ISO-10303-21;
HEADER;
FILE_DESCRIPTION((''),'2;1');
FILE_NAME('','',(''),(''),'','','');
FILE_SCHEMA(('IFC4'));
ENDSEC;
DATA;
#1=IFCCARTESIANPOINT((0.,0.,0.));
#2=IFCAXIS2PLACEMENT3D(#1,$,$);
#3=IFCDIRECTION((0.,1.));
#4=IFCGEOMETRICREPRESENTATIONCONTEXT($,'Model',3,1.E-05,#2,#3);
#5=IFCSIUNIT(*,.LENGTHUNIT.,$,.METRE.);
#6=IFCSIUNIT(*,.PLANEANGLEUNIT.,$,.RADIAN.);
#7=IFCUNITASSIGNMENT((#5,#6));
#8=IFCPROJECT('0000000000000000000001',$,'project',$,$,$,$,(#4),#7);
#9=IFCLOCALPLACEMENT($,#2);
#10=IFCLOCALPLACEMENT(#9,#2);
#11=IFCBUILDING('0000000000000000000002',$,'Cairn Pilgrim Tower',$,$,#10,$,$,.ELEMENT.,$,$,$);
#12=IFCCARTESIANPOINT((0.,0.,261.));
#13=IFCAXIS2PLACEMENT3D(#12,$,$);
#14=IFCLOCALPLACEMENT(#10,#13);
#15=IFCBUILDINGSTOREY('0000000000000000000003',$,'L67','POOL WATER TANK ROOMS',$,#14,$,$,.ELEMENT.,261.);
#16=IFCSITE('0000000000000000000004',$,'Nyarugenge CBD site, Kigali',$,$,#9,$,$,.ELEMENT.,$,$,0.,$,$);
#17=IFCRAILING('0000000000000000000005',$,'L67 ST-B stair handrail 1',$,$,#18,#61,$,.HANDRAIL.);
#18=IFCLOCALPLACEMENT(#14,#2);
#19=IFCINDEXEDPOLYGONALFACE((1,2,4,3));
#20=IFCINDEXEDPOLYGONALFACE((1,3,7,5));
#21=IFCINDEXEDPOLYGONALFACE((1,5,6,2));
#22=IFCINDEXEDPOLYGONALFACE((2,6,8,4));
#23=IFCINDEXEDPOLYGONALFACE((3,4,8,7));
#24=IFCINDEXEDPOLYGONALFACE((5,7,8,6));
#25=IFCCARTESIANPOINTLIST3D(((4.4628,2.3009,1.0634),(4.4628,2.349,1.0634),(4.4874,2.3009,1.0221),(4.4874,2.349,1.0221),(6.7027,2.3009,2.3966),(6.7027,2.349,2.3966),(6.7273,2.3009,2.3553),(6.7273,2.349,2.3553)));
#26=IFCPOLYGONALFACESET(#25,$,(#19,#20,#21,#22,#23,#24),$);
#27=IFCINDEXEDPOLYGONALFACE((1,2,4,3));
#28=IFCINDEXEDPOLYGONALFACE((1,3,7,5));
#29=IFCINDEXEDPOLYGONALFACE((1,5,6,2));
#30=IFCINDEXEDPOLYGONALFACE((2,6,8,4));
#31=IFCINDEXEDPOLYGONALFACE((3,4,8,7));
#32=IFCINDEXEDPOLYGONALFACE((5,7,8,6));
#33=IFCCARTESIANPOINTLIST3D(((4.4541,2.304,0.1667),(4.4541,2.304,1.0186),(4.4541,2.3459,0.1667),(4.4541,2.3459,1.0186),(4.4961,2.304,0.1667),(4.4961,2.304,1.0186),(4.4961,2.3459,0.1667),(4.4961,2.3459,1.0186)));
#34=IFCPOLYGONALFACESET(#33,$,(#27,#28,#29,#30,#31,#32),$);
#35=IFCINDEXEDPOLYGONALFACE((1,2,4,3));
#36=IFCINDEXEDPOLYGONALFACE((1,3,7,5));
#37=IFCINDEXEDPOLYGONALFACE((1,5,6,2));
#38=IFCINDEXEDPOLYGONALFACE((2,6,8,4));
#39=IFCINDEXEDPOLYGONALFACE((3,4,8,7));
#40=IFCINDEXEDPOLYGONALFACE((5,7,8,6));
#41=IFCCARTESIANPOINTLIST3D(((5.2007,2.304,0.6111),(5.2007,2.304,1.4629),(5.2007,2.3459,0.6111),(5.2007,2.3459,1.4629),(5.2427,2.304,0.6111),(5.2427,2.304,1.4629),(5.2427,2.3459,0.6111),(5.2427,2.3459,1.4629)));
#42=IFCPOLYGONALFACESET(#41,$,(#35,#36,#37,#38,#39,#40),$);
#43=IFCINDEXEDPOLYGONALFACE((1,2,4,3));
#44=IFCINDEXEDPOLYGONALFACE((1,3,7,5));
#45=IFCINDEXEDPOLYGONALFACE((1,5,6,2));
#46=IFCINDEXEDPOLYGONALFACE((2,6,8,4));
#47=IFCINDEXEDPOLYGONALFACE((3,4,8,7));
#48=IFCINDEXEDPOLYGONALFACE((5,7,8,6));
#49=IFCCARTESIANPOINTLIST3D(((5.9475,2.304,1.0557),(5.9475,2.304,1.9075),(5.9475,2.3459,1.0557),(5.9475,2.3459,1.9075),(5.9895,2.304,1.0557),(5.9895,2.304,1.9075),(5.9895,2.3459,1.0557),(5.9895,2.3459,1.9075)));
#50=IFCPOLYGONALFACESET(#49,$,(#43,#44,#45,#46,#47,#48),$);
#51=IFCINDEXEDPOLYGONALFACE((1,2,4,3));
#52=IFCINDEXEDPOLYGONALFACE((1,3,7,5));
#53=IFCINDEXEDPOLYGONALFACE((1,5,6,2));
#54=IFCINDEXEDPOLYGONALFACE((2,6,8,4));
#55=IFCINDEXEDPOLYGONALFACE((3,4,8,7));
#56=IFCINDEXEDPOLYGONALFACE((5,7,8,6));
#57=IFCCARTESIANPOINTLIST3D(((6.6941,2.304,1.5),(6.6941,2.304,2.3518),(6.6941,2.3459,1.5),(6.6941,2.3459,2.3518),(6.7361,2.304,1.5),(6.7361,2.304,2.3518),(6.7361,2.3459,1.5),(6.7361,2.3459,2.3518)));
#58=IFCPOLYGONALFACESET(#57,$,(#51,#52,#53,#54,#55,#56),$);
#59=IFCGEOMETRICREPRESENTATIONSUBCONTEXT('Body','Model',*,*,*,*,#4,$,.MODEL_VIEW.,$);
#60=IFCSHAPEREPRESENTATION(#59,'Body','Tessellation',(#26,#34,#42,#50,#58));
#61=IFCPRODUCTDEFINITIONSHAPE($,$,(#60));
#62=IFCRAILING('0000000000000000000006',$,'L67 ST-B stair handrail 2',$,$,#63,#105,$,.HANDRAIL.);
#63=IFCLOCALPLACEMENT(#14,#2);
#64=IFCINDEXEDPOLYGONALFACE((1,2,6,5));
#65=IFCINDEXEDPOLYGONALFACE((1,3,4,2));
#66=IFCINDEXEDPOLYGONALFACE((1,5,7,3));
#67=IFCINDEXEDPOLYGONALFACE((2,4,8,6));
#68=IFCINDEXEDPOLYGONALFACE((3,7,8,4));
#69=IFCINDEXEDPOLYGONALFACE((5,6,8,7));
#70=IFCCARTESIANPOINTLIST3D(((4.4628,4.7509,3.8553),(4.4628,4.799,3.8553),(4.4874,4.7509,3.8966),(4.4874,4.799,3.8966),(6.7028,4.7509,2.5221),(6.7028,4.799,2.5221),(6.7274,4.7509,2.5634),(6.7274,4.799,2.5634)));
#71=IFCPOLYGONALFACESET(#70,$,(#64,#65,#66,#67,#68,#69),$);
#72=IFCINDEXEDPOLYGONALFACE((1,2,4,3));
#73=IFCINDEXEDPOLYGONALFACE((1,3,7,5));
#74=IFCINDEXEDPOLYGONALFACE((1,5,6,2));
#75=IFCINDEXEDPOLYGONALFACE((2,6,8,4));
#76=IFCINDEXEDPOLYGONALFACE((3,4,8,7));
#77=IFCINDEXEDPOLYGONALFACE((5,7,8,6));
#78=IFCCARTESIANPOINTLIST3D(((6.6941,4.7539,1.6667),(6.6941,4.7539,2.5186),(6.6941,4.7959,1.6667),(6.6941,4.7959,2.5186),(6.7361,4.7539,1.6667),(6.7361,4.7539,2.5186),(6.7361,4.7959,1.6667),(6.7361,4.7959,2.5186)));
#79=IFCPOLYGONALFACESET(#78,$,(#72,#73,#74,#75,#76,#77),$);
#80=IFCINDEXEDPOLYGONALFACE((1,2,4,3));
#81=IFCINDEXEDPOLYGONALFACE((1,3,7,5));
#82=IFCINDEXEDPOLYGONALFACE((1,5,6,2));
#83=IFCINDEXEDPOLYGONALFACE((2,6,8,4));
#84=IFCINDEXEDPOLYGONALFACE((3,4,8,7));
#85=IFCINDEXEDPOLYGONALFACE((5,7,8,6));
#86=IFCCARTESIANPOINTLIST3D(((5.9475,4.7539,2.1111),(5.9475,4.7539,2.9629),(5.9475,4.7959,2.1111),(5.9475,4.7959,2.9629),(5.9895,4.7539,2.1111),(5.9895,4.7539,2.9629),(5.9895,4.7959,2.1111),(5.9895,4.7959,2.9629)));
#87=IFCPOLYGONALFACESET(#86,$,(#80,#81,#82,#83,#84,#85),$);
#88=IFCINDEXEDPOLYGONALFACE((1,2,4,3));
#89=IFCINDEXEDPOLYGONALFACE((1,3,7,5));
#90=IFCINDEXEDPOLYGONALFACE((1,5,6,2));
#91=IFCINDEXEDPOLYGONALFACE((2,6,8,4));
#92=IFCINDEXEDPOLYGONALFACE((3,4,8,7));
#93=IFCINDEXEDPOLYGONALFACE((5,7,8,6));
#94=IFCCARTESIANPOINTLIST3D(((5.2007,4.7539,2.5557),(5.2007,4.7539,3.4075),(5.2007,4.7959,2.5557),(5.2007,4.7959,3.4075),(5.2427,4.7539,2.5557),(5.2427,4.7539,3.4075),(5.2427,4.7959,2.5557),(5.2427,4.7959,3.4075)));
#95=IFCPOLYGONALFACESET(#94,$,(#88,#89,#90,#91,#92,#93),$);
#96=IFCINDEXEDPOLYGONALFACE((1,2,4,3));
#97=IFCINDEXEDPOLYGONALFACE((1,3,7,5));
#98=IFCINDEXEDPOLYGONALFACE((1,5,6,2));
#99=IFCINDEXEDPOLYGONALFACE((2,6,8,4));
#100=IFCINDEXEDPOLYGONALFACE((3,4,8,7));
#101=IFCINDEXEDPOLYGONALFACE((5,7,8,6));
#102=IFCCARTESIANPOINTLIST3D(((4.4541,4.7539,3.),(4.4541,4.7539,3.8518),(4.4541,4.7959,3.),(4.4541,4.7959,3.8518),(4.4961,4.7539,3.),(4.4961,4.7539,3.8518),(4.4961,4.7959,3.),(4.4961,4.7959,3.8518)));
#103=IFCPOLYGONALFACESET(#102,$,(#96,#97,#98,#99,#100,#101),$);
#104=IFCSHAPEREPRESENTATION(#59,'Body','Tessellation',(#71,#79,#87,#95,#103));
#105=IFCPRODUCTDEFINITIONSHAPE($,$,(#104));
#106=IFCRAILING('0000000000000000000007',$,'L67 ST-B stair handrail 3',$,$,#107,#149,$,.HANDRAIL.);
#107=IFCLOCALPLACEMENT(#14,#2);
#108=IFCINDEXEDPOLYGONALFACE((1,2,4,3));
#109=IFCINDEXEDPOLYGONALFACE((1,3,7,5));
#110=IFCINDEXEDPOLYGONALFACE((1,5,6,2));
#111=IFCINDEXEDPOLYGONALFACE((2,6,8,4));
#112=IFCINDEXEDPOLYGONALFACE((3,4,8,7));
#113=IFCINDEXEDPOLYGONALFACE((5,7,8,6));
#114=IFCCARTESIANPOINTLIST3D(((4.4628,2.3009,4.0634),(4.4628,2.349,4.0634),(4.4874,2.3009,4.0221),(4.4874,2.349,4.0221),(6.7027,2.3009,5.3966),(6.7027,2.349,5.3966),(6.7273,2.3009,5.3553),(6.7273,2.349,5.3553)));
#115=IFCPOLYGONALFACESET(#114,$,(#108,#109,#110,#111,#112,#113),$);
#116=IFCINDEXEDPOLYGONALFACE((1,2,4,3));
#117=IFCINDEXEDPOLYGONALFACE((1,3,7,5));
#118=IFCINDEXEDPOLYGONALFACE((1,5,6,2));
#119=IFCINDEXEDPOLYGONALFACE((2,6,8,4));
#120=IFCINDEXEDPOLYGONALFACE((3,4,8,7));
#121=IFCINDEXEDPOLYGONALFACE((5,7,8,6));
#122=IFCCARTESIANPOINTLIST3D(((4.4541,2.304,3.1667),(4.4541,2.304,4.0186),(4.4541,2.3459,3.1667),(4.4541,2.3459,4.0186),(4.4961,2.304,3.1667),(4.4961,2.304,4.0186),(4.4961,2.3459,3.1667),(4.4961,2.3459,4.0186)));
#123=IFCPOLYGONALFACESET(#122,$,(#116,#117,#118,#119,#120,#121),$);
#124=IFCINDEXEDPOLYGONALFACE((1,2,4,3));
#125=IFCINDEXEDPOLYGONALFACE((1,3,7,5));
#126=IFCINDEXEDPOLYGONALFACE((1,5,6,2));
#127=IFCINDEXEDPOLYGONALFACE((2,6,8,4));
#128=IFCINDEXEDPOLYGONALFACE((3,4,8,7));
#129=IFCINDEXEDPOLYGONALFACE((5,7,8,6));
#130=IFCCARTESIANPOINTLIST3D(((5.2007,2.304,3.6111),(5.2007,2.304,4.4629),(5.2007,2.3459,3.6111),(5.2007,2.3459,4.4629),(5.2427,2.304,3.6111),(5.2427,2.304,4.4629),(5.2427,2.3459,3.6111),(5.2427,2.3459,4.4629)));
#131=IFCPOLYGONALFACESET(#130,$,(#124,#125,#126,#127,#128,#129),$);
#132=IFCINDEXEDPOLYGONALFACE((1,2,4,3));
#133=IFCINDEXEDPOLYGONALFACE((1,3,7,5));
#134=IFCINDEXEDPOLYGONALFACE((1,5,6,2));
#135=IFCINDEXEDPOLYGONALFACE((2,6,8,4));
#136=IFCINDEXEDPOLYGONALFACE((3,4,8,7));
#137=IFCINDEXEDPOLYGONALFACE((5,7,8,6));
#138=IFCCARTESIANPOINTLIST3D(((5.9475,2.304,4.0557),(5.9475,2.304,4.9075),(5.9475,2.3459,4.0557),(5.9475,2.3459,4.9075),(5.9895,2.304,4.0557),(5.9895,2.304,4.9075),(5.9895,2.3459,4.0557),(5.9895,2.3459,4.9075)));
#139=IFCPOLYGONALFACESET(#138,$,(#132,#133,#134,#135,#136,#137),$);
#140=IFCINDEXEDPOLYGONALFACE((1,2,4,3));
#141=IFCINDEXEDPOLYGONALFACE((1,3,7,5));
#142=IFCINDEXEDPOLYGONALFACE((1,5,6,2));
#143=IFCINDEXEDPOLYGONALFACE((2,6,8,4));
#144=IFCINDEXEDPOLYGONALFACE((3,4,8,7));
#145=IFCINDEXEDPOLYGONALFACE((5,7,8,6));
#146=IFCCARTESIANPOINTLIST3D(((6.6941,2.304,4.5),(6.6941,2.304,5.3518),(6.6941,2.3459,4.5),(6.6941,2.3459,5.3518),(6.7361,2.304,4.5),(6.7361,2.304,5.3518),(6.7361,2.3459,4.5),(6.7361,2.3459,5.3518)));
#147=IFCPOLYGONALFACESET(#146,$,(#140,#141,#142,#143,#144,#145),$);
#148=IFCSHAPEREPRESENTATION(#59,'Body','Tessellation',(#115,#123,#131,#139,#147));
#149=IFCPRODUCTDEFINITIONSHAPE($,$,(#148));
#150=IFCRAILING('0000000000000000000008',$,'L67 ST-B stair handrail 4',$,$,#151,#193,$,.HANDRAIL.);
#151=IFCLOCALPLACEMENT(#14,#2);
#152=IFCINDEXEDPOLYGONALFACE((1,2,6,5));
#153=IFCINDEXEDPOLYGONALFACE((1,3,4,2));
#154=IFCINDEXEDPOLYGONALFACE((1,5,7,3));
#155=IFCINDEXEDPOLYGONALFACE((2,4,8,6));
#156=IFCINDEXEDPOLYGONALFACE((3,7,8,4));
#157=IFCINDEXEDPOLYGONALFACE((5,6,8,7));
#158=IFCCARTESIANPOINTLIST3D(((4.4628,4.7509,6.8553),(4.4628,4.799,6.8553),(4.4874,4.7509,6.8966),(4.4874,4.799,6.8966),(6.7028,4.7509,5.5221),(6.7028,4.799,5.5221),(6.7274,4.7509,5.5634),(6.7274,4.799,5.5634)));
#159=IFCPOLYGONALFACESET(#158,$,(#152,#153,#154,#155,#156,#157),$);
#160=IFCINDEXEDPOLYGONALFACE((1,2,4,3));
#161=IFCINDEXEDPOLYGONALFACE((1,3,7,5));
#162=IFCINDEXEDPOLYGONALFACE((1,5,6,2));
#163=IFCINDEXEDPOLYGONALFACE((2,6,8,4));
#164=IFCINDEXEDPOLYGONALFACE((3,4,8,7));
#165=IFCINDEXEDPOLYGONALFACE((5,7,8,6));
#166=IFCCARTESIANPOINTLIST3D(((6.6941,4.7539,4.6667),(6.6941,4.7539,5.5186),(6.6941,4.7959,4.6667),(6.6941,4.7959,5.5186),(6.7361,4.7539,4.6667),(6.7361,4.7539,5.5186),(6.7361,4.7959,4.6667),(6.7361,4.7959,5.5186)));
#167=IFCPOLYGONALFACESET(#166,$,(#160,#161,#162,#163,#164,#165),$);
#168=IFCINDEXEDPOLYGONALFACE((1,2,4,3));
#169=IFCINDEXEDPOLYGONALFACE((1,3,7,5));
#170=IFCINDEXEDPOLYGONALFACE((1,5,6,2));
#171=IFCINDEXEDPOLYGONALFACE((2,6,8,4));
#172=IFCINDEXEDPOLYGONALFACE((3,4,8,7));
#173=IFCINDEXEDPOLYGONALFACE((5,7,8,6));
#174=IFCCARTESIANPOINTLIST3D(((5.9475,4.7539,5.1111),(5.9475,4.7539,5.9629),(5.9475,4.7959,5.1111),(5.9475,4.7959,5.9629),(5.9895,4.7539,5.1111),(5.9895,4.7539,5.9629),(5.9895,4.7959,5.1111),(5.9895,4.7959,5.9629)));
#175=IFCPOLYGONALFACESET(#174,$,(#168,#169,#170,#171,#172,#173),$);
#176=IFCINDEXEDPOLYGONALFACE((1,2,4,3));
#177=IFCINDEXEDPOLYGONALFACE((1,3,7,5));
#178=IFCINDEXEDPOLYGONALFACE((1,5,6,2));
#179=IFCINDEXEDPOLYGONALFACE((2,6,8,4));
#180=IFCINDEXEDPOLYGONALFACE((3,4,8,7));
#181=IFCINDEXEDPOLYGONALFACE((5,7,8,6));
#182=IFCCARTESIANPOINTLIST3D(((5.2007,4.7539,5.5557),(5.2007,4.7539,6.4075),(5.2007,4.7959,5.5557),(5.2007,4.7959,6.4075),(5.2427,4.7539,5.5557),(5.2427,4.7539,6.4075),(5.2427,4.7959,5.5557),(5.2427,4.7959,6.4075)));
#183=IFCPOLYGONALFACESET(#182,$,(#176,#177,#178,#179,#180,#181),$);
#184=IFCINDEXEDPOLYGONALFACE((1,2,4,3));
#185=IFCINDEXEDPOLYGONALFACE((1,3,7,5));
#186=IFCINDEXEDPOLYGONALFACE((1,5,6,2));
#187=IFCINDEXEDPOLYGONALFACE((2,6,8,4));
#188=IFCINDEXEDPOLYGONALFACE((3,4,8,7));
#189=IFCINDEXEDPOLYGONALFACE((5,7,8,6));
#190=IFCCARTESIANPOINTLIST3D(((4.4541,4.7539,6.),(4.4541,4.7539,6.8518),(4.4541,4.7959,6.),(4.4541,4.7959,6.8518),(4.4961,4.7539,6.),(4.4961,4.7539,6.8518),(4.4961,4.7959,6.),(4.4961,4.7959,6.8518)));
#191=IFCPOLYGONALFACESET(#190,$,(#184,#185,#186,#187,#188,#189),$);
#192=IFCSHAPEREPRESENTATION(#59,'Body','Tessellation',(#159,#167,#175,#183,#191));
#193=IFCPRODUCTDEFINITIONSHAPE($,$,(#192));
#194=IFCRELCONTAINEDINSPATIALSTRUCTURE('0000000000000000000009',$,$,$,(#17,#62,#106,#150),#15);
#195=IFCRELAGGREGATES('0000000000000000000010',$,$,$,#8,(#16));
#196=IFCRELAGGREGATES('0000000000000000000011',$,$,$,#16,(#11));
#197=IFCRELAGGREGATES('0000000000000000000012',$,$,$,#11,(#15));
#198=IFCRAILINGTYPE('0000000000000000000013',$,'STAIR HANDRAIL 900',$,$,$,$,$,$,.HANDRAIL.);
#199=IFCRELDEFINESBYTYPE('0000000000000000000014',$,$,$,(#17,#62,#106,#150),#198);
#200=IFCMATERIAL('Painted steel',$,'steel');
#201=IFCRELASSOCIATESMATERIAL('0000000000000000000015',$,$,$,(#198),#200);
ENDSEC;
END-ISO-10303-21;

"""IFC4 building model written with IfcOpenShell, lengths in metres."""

from ifc_helpers import new_model, si_unit, direction, frame, origin, origin_2d, place, context, subcontext, project, spatial, rectangle, extrude, material, type_object, element, save


model = new_model("IFC4")

# Units and contexts
model_context = context("Model", 3, precision=1e-05, world=origin(), true_north=direction((0.0, 1.0)))
body_context = subcontext(model_context, "Body", "Model", "MODEL_VIEW")
ifc_project = project(units=[si_unit("LENGTHUNIT", "METRE"), si_unit("PLANEANGLEUNIT", "RADIAN")], contexts=[model_context])

# Site, building, storey
site_placement = place(None, origin())
site = spatial("IfcSite", under=ifc_project, at=site_placement, Name="Nyarugenge CBD site, Kigali", CompositionType="ELEMENT", RefElevation=0.0)
building_placement = place(site_placement, origin())
building = spatial("IfcBuilding", under=site, at=building_placement, Name="Cairn Pilgrim Tower", CompositionType="ELEMENT")
storey_placement = place(building_placement, frame((0.0, 0.0, 261.0)))
storey = spatial("IfcBuildingStorey", under=building, at=storey_placement, Name="L67", Description="POOL WATER TANK ROOMS", CompositionType="ELEMENT", Elevation=261.0)

# Shared definitions
ifc_material_1 = material(Name="Painted steel", Category="steel")

# Railings
railing_type_1 = type_object("IfcRailingType", Name="STAIR HANDRAIL 900", PredefinedType="HANDRAIL", material=ifc_material_1)
railing_1_placement = place(storey_placement, frame((4.4751, 2.325, 0.1667)))
element("IfcRailing", 1, at=railing_1_placement, inside=storey, type_object=railing_type_1, Name="L67 ST-B stair handrail 1", PredefinedType="HANDRAIL", context=body_context, shape_type="SweptSolid", body=[
    extrude(rectangle(XDim=0.0481, YDim=0.0481, at=origin_2d()), frame((0.0, 0.0, 0.876), z_axis=(0.859306, 0.0, 0.511462), x_axis=(0.0, 1.0, 0.0)), (0.0, 0.0, 1.0), 2.6067),
    extrude(rectangle(XDim=0.042, YDim=0.042, at=origin_2d()), origin(), (0.0, 0.0, 1.0), 0.8518),
    extrude(rectangle(XDim=0.042, YDim=0.042, at=origin_2d()), frame((0.7466, 0.0, 0.4443)), (0.0, 0.0, 1.0), 0.8518),
    extrude(rectangle(XDim=0.042, YDim=0.042, at=origin_2d()), frame((1.4934, 0.0, 0.8889)), (0.0, 0.0, 1.0), 0.8518),
    extrude(rectangle(XDim=0.042, YDim=0.042, at=origin_2d()), frame((2.24, 0.0, 1.3333)), (0.0, 0.0, 1.0), 0.8518),
])
railing_2_placement = place(storey_placement, frame((6.7151, 4.7749, 1.6667)))
element("IfcRailing", 2, at=railing_2_placement, inside=storey, type_object=railing_type_1, Name="L67 ST-B stair handrail 2", PredefinedType="HANDRAIL", context=body_context, shape_type="SweptSolid", body=[
    extrude(rectangle(XDim=0.0481, YDim=0.0481, at=origin_2d()), frame((0.0, 0.0, 0.876), z_axis=(-0.859306, 0.0, 0.511462), x_axis=(0.0, -1.0, 0.0)), (0.0, 0.0, 1.0), 2.6067),
    extrude(rectangle(XDim=0.042, YDim=0.042, at=origin_2d()), origin(), (0.0, 0.0, 1.0), 0.8518),
    extrude(rectangle(XDim=0.042, YDim=0.042, at=origin_2d()), frame((-0.7466, 0.0, 0.4443)), (0.0, 0.0, 1.0), 0.8518),
    extrude(rectangle(XDim=0.042, YDim=0.042, at=origin_2d()), frame((-1.4934, 0.0, 0.8889)), (0.0, 0.0, 1.0), 0.8518),
    extrude(rectangle(XDim=0.042, YDim=0.042, at=origin_2d()), frame((-2.24, 0.0, 1.3333)), (0.0, 0.0, 1.0), 0.8518),
])
railing_3_placement = place(storey_placement, frame((4.4751, 2.325, 3.1667)))
element("IfcRailing", 3, at=railing_3_placement, inside=storey, type_object=railing_type_1, Name="L67 ST-B stair handrail 3", PredefinedType="HANDRAIL", context=body_context, shape_type="SweptSolid", body=[
    extrude(rectangle(XDim=0.0481, YDim=0.0481, at=origin_2d()), frame((0.0, 0.0, 0.876), z_axis=(0.859306, 0.0, 0.511462), x_axis=(0.0, 1.0, 0.0)), (0.0, 0.0, 1.0), 2.6067),
    extrude(rectangle(XDim=0.042, YDim=0.042, at=origin_2d()), origin(), (0.0, 0.0, 1.0), 0.8518),
    extrude(rectangle(XDim=0.042, YDim=0.042, at=origin_2d()), frame((0.7466, 0.0, 0.4443)), (0.0, 0.0, 1.0), 0.8518),
    extrude(rectangle(XDim=0.042, YDim=0.042, at=origin_2d()), frame((1.4934, 0.0, 0.8889)), (0.0, 0.0, 1.0), 0.8518),
    extrude(rectangle(XDim=0.042, YDim=0.042, at=origin_2d()), frame((2.24, 0.0, 1.3333)), (0.0, 0.0, 1.0), 0.8518),
])
railing_4_placement = place(storey_placement, frame((6.7151, 4.7749, 4.6667)))
element("IfcRailing", 4, at=railing_4_placement, inside=storey, type_object=railing_type_1, Name="L67 ST-B stair handrail 4", PredefinedType="HANDRAIL", context=body_context, shape_type="SweptSolid", body=[
    extrude(rectangle(XDim=0.0481, YDim=0.0481, at=origin_2d()), frame((0.0, 0.0, 0.876), z_axis=(-0.859306, 0.0, 0.511462), x_axis=(0.0, -1.0, 0.0)), (0.0, 0.0, 1.0), 2.6067),
    extrude(rectangle(XDim=0.042, YDim=0.042, at=origin_2d()), origin(), (0.0, 0.0, 1.0), 0.8518),
    extrude(rectangle(XDim=0.042, YDim=0.042, at=origin_2d()), frame((-0.7466, 0.0, 0.4443)), (0.0, 0.0, 1.0), 0.8518),
    extrude(rectangle(XDim=0.042, YDim=0.042, at=origin_2d()), frame((-1.4934, 0.0, 0.8889)), (0.0, 0.0, 1.0), 0.8518),
    extrude(rectangle(XDim=0.042, YDim=0.042, at=origin_2d()), frame((-2.24, 0.0, 1.3333)), (0.0, 0.0, 1.0), 0.8518),
])

save(model, "model.ifc")
